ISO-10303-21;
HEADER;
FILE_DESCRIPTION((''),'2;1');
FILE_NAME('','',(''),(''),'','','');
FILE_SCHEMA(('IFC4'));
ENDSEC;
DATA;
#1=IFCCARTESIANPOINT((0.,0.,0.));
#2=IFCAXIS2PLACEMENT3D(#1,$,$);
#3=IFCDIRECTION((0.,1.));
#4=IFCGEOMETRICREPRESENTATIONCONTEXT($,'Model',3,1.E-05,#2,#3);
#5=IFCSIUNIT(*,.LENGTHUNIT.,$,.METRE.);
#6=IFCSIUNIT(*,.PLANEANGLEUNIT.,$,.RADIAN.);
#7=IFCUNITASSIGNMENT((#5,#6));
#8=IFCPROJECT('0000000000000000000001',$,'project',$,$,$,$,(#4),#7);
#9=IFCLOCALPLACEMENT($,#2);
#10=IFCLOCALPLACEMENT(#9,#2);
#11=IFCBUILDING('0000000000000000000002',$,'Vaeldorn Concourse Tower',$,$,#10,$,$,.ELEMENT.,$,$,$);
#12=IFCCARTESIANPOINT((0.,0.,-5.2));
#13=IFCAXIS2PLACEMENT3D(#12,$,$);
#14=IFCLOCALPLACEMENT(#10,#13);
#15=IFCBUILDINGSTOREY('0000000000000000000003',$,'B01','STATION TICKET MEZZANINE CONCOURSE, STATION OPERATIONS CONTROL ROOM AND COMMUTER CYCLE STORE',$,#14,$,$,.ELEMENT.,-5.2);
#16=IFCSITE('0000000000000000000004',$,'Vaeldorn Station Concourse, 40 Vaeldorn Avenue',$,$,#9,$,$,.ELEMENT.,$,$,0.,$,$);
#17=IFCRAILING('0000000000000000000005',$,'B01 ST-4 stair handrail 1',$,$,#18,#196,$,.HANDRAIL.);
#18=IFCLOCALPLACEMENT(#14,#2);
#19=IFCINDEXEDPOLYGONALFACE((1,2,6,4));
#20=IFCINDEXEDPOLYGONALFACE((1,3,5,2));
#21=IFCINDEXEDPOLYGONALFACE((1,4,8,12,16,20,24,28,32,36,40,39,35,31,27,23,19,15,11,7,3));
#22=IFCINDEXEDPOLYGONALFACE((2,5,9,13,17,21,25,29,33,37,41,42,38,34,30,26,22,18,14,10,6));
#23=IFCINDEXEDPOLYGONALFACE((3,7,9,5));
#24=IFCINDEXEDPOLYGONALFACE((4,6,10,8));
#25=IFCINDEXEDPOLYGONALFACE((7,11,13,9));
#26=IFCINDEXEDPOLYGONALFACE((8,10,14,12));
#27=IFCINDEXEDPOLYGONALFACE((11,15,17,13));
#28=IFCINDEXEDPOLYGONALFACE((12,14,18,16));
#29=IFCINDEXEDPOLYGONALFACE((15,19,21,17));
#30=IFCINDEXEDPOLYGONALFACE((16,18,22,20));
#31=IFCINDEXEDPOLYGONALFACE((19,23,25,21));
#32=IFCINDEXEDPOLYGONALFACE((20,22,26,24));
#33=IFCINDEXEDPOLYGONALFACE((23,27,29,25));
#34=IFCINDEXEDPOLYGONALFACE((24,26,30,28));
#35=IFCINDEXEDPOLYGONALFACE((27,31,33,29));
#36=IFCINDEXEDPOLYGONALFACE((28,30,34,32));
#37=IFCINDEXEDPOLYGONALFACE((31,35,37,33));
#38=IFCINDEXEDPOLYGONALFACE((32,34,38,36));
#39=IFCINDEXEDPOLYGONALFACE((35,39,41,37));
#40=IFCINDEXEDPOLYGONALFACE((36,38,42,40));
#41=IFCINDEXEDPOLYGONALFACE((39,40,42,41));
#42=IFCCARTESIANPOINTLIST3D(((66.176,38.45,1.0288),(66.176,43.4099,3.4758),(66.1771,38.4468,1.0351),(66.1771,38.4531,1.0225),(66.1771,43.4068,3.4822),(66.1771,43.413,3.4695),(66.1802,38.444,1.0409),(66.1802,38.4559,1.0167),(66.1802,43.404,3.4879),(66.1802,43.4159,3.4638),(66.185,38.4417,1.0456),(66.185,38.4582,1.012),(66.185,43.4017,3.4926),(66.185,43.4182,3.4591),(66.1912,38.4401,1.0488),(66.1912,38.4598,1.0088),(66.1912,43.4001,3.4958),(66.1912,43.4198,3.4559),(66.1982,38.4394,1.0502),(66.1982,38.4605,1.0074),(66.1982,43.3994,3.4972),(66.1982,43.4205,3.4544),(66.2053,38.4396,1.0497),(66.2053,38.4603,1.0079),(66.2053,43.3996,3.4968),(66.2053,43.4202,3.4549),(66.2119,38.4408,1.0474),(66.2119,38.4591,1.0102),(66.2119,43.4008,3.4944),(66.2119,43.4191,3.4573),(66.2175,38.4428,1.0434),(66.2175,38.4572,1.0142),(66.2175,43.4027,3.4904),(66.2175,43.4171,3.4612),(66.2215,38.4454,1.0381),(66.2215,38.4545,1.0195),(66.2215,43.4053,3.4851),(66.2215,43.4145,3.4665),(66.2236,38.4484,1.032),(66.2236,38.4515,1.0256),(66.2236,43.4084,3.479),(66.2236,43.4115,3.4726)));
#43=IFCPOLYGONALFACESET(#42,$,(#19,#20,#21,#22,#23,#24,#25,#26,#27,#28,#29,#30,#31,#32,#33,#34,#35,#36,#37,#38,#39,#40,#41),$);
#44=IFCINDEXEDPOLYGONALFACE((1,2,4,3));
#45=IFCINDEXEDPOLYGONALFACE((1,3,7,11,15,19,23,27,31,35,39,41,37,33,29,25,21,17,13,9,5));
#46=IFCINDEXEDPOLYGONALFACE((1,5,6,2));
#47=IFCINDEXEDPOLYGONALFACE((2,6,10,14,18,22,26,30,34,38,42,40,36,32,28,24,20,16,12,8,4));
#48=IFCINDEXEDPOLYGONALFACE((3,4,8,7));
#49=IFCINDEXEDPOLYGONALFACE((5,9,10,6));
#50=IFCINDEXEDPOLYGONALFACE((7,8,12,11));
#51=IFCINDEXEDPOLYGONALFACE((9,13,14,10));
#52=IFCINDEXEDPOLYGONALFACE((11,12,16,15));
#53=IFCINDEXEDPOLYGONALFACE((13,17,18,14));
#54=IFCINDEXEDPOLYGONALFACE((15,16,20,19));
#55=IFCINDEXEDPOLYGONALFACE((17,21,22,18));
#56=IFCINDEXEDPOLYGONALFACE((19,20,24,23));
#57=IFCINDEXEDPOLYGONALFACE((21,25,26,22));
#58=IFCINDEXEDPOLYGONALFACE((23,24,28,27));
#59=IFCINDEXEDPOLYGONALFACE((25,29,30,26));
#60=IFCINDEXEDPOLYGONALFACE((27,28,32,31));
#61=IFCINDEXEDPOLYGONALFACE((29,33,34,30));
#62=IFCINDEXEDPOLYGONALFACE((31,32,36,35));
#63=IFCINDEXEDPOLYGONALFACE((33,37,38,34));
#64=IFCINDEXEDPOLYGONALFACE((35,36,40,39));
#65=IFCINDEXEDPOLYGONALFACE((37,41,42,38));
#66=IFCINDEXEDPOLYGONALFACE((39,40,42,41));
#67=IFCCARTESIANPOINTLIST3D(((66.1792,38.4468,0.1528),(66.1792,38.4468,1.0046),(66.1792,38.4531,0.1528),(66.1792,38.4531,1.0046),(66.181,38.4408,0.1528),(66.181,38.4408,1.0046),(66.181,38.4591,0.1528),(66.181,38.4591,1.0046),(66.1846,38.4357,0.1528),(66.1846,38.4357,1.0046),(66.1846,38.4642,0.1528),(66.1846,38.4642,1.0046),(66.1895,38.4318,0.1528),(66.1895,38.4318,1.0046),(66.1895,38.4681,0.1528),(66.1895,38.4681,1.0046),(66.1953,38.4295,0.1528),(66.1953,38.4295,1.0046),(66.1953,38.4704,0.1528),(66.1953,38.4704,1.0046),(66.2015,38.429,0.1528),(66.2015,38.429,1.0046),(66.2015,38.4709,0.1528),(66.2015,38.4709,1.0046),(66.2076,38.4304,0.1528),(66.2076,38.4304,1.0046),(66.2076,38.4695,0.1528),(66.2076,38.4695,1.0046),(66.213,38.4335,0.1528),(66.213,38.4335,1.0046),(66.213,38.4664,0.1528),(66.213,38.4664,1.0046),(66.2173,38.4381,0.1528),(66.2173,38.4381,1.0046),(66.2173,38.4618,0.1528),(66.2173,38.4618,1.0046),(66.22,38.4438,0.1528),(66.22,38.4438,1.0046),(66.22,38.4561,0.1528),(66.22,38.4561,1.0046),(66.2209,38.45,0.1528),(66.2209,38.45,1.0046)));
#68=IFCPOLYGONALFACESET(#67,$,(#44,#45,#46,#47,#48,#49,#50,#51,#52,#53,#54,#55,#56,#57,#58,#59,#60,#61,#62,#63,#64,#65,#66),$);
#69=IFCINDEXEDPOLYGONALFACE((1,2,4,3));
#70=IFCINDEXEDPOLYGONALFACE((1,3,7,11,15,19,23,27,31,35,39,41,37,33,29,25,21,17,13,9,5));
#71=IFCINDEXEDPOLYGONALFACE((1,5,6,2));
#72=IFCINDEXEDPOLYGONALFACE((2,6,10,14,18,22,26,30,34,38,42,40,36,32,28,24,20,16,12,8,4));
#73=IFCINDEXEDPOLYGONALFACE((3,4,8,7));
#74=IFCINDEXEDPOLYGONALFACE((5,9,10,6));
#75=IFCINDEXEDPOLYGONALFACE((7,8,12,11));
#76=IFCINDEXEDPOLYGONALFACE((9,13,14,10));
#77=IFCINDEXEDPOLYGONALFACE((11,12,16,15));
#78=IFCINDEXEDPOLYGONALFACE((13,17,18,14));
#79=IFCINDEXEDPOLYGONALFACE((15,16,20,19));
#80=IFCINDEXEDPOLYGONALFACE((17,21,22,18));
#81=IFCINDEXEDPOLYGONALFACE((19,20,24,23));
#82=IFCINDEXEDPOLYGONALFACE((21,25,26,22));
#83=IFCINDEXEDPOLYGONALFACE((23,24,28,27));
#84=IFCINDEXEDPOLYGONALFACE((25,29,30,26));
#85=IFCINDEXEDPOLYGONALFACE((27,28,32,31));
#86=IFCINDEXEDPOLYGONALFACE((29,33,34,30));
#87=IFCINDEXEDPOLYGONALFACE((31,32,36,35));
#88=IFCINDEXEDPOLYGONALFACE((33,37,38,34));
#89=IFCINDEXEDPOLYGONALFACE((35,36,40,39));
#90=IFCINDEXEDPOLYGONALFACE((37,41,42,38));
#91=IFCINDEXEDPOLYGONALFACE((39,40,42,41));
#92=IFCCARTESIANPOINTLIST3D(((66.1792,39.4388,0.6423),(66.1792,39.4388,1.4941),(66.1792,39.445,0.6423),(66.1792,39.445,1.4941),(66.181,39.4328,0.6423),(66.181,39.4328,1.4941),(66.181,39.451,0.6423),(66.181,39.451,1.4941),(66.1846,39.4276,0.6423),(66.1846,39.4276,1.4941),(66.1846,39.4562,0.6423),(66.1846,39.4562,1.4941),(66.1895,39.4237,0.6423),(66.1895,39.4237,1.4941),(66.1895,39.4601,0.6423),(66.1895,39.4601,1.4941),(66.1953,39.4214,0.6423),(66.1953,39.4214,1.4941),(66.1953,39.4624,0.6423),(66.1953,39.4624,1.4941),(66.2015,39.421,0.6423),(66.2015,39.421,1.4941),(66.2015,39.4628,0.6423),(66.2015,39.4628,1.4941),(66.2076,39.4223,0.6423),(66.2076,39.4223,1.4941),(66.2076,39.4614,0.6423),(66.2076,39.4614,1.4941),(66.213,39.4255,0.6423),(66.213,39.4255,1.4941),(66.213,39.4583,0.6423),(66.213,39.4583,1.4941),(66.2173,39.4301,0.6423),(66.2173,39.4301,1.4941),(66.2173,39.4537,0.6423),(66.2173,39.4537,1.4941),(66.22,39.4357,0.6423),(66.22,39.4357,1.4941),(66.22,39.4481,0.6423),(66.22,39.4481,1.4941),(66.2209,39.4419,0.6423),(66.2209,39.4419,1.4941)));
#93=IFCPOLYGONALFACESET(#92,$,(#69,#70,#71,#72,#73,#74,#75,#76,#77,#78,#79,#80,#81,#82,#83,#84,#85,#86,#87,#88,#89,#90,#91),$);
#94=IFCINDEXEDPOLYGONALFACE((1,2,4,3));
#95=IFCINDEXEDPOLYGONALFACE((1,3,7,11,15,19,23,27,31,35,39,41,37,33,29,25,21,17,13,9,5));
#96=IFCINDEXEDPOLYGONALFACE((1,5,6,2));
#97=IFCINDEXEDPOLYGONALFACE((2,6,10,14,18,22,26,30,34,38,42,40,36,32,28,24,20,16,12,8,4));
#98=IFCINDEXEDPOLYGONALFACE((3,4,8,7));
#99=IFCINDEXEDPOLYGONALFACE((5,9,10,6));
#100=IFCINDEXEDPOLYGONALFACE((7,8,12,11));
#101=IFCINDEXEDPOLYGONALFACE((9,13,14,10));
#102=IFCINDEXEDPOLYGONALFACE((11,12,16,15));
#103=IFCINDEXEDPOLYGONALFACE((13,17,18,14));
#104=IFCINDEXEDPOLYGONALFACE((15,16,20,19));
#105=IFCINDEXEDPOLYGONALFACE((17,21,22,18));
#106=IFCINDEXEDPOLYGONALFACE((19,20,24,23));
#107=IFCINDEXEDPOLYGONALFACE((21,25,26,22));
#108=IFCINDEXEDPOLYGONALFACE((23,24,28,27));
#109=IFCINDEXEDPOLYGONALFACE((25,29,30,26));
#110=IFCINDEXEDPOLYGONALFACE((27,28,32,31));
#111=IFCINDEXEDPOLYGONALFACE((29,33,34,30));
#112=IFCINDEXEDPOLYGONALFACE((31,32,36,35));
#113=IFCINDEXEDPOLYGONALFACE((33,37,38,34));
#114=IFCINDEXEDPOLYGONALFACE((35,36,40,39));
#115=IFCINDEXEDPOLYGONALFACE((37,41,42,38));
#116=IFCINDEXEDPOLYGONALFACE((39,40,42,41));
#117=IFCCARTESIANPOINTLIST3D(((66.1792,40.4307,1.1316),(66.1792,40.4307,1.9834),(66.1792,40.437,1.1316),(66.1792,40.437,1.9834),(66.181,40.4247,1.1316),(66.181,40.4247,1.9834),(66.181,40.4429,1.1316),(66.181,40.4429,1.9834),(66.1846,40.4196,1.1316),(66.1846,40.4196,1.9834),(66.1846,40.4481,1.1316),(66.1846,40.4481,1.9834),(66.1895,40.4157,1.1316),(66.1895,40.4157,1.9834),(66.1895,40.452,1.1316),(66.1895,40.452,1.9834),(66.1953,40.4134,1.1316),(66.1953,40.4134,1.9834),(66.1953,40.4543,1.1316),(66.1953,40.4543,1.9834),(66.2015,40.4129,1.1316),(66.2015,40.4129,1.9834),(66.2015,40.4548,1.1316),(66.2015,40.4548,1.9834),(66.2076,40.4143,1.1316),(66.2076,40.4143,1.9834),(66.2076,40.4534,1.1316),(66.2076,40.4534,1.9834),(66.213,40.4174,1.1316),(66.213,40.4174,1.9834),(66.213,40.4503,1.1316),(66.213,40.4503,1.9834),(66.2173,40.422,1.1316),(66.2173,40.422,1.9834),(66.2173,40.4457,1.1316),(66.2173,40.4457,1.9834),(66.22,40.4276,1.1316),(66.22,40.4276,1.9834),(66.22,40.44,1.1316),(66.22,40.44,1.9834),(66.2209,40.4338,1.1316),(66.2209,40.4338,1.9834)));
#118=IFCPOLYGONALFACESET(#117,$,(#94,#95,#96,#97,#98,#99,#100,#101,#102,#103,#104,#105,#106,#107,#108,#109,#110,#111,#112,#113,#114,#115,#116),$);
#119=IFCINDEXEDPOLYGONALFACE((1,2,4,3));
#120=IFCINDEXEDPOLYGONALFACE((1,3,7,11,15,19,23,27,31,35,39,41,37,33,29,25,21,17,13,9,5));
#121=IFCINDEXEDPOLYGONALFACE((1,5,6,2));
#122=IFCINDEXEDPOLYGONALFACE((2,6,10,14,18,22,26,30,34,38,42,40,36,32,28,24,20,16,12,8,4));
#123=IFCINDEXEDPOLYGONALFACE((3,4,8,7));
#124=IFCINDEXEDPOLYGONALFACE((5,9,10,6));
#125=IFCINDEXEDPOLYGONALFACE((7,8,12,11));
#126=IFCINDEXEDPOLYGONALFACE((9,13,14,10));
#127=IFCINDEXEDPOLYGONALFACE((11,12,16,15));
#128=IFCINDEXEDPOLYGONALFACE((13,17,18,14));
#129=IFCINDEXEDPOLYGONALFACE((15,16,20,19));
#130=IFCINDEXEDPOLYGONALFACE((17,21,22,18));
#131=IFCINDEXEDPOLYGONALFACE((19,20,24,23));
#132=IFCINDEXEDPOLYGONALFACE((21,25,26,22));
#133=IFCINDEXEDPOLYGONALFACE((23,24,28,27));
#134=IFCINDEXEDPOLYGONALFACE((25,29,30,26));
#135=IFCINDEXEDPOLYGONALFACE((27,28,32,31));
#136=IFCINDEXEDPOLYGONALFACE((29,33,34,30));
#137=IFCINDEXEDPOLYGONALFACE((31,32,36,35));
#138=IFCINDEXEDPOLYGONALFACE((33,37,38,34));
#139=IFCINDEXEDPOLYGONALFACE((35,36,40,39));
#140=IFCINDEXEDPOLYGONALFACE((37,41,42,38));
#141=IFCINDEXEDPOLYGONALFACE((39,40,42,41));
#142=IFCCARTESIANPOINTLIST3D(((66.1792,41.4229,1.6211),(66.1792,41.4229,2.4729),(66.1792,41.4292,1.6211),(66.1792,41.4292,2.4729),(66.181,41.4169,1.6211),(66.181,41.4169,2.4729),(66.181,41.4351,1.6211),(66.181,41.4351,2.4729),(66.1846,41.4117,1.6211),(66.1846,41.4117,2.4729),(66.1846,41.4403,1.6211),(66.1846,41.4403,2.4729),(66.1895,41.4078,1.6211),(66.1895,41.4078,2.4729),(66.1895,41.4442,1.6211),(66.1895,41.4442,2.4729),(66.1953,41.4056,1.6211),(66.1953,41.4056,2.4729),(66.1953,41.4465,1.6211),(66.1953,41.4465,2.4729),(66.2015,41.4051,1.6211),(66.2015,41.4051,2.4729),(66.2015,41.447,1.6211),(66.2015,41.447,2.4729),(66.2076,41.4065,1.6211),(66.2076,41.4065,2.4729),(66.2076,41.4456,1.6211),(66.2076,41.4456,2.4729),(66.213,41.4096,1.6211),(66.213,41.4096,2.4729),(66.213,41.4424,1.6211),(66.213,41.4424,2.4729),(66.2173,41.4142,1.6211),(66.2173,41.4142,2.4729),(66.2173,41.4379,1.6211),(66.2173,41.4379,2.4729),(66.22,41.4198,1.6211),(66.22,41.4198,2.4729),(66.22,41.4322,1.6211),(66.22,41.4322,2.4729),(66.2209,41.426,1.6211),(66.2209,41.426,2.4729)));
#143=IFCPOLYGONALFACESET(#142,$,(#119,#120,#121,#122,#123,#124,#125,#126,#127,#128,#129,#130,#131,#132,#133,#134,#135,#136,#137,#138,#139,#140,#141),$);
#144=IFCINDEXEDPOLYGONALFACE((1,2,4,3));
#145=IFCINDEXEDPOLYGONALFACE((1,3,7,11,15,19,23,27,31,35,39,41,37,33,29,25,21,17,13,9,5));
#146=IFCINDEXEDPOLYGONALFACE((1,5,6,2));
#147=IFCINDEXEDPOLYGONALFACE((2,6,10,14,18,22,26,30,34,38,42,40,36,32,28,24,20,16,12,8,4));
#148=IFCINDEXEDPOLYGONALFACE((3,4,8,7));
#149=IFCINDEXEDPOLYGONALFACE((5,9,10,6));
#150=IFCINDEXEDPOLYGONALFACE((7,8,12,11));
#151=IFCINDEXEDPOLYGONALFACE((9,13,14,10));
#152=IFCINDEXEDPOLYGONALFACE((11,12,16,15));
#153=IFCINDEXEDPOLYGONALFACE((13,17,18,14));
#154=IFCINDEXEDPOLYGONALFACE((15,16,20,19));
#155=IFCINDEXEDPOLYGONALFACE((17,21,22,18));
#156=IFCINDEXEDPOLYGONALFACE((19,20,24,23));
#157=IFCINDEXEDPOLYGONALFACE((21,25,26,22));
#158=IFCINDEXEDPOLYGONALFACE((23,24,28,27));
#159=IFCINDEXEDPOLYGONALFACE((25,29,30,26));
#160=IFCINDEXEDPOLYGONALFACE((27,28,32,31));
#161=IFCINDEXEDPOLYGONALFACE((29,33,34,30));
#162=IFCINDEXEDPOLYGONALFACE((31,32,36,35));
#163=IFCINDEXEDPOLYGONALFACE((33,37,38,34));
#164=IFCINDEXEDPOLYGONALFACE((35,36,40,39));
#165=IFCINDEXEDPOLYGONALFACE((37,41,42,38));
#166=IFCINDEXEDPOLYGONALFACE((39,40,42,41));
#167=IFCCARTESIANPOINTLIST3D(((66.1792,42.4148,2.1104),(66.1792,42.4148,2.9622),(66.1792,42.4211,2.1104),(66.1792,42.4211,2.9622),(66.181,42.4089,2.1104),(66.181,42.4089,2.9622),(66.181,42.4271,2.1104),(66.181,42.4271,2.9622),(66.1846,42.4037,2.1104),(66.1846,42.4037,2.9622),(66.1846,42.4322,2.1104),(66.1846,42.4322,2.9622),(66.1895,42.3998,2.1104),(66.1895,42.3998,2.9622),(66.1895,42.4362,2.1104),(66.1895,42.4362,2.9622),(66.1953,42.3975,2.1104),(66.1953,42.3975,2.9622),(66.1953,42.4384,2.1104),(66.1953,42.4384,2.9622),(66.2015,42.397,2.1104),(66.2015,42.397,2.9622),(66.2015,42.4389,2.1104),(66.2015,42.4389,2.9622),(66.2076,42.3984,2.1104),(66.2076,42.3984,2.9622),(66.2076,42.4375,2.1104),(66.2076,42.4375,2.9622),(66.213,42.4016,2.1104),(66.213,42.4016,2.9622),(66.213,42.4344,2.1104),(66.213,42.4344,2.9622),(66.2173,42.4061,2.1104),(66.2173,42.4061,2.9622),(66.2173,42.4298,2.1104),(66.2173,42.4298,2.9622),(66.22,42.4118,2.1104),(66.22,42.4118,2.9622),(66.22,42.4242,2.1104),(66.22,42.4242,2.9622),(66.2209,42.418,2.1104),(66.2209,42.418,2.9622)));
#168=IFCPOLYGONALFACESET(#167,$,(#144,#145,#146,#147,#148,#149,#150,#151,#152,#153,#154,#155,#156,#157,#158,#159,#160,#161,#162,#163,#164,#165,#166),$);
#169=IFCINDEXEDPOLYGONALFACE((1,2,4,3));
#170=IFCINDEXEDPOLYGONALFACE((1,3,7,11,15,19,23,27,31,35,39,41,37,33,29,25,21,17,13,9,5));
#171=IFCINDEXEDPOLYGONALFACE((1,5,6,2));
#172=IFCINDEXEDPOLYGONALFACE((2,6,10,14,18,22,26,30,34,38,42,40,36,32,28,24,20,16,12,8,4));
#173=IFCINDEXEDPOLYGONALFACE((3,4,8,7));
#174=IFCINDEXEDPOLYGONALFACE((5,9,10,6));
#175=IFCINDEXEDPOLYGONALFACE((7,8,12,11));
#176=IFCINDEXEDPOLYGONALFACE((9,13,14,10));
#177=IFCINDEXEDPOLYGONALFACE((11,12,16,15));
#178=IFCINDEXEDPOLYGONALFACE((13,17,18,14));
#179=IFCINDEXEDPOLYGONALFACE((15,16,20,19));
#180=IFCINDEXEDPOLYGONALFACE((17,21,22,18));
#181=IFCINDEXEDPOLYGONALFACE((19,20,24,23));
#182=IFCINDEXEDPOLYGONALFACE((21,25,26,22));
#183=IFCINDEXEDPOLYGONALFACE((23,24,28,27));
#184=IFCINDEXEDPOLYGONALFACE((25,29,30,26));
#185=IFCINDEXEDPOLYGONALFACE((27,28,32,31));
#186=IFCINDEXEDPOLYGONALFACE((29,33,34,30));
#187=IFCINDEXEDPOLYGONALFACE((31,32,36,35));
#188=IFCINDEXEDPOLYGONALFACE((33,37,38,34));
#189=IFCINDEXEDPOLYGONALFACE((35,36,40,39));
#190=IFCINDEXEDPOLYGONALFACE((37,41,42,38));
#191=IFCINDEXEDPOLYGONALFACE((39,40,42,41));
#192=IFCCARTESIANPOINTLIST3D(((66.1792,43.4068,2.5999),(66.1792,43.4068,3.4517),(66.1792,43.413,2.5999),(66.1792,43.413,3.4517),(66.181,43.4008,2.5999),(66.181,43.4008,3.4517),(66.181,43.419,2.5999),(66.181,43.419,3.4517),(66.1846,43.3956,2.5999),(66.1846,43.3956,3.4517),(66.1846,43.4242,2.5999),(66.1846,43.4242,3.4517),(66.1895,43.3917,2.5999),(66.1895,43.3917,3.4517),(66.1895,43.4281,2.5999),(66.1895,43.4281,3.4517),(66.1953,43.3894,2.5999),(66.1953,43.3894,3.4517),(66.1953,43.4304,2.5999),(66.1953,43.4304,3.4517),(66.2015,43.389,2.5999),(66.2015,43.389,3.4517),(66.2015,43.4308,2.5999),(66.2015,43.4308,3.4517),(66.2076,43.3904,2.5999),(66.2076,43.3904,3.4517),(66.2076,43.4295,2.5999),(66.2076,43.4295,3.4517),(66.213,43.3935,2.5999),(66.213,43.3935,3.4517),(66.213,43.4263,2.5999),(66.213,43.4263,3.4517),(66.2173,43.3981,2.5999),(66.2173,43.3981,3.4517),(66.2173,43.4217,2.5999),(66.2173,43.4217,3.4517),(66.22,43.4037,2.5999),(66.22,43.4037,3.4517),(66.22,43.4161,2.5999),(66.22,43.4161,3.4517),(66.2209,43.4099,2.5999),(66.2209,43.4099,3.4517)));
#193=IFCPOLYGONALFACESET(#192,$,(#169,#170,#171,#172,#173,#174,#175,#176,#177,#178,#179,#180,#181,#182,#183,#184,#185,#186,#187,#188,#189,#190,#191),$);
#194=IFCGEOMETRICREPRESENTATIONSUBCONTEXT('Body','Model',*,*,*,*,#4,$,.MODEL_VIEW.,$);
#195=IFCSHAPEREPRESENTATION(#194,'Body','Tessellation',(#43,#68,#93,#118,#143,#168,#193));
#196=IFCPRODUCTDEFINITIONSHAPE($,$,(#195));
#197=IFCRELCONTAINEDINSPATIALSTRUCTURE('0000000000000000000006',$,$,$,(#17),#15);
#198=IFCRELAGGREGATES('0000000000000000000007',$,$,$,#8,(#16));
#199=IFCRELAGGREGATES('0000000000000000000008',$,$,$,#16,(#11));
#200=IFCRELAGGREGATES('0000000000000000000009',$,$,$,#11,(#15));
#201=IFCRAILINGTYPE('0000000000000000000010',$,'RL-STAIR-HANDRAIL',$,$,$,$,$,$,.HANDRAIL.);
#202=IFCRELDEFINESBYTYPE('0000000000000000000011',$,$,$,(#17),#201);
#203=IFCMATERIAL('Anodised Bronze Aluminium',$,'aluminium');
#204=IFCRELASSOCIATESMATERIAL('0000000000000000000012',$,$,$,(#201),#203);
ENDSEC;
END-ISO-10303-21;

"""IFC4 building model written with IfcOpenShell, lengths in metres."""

from ifc_helpers import new_model, si_unit, direction, frame, origin, origin_2d, place, context, subcontext, project, spatial, circle, extrude, material, type_object, element, save


model = new_model("IFC4")

# Units and contexts
model_context = context("Model", 3, precision=1e-05, world=origin(), true_north=direction((0.0, 1.0)))
body_context = subcontext(model_context, "Body", "Model", "MODEL_VIEW")
ifc_project = project(units=[si_unit("LENGTHUNIT", "METRE"), si_unit("PLANEANGLEUNIT", "RADIAN")], contexts=[model_context])

# Site, building, storey
site_placement = place(None, origin())
site = spatial("IfcSite", under=ifc_project, at=site_placement, Name="Vaeldorn Station Concourse, 40 Vaeldorn Avenue", CompositionType="ELEMENT", RefElevation=0.0)
building_placement = place(site_placement, origin())
building = spatial("IfcBuilding", under=site, at=building_placement, Name="Vaeldorn Concourse Tower", CompositionType="ELEMENT")
storey_placement = place(building_placement, frame((0.0, 0.0, -5.2)))
storey = spatial("IfcBuildingStorey", under=building, at=storey_placement, Name="B01", Description="STATION TICKET MEZZANINE CONCOURSE, STATION OPERATIONS CONTROL ROOM AND COMMUTER CYCLE STORE", CompositionType="ELEMENT", Elevation=-5.2)

# Railing
ifc_material_1 = material(Name="Anodised Bronze Aluminium", Category="aluminium")
railing_type_1 = type_object("IfcRailingType", Name="RL-STAIR-HANDRAIL", PredefinedType="HANDRAIL", material=ifc_material_1)
for number, where, name in (
    (1, (66.2, 38.45, 0.1528), "B01 ST-4 stair handrail 1"),
):
    element("IfcRailing", number, at=place(storey_placement, frame(where)), inside=storey, type_object=railing_type_1, Name=name, PredefinedType="HANDRAIL", context=body_context, shape_type="SweptSolid", body=[
        extrude(circle(Radius=0.0239, at=origin_2d()), frame((0.0, 0.0, 0.876), z_axis=(0.0, 0.896798, 0.44244), x_axis=(-1.0, 0.0, 0.0)), (0.0, 0.0, 1.0), 5.5308),
        extrude(circle(Radius=0.021, at=origin_2d()), origin(), (0.0, 0.0, 1.0), 0.8518),
        extrude(circle(Radius=0.021, at=origin_2d()), frame((0.0, 0.9919, 0.4895)), (0.0, 0.0, 1.0), 0.8518),
        extrude(circle(Radius=0.021, at=origin_2d()), frame((0.0, 1.9839, 0.9788)), (0.0, 0.0, 1.0), 0.8518),
        extrude(circle(Radius=0.021, at=origin_2d()), frame((0.0, 2.9761, 1.4683)), (0.0, 0.0, 1.0), 0.8518),
        extrude(circle(Radius=0.021, at=origin_2d()), frame((0.0, 3.968, 1.9575)), (0.0, 0.0, 1.0), 0.8518),
        extrude(circle(Radius=0.021, at=origin_2d()), frame((0.0, 4.96, 2.447)), (0.0, 0.0, 1.0), 0.8518),
    ])

save(model, "model.ifc")
